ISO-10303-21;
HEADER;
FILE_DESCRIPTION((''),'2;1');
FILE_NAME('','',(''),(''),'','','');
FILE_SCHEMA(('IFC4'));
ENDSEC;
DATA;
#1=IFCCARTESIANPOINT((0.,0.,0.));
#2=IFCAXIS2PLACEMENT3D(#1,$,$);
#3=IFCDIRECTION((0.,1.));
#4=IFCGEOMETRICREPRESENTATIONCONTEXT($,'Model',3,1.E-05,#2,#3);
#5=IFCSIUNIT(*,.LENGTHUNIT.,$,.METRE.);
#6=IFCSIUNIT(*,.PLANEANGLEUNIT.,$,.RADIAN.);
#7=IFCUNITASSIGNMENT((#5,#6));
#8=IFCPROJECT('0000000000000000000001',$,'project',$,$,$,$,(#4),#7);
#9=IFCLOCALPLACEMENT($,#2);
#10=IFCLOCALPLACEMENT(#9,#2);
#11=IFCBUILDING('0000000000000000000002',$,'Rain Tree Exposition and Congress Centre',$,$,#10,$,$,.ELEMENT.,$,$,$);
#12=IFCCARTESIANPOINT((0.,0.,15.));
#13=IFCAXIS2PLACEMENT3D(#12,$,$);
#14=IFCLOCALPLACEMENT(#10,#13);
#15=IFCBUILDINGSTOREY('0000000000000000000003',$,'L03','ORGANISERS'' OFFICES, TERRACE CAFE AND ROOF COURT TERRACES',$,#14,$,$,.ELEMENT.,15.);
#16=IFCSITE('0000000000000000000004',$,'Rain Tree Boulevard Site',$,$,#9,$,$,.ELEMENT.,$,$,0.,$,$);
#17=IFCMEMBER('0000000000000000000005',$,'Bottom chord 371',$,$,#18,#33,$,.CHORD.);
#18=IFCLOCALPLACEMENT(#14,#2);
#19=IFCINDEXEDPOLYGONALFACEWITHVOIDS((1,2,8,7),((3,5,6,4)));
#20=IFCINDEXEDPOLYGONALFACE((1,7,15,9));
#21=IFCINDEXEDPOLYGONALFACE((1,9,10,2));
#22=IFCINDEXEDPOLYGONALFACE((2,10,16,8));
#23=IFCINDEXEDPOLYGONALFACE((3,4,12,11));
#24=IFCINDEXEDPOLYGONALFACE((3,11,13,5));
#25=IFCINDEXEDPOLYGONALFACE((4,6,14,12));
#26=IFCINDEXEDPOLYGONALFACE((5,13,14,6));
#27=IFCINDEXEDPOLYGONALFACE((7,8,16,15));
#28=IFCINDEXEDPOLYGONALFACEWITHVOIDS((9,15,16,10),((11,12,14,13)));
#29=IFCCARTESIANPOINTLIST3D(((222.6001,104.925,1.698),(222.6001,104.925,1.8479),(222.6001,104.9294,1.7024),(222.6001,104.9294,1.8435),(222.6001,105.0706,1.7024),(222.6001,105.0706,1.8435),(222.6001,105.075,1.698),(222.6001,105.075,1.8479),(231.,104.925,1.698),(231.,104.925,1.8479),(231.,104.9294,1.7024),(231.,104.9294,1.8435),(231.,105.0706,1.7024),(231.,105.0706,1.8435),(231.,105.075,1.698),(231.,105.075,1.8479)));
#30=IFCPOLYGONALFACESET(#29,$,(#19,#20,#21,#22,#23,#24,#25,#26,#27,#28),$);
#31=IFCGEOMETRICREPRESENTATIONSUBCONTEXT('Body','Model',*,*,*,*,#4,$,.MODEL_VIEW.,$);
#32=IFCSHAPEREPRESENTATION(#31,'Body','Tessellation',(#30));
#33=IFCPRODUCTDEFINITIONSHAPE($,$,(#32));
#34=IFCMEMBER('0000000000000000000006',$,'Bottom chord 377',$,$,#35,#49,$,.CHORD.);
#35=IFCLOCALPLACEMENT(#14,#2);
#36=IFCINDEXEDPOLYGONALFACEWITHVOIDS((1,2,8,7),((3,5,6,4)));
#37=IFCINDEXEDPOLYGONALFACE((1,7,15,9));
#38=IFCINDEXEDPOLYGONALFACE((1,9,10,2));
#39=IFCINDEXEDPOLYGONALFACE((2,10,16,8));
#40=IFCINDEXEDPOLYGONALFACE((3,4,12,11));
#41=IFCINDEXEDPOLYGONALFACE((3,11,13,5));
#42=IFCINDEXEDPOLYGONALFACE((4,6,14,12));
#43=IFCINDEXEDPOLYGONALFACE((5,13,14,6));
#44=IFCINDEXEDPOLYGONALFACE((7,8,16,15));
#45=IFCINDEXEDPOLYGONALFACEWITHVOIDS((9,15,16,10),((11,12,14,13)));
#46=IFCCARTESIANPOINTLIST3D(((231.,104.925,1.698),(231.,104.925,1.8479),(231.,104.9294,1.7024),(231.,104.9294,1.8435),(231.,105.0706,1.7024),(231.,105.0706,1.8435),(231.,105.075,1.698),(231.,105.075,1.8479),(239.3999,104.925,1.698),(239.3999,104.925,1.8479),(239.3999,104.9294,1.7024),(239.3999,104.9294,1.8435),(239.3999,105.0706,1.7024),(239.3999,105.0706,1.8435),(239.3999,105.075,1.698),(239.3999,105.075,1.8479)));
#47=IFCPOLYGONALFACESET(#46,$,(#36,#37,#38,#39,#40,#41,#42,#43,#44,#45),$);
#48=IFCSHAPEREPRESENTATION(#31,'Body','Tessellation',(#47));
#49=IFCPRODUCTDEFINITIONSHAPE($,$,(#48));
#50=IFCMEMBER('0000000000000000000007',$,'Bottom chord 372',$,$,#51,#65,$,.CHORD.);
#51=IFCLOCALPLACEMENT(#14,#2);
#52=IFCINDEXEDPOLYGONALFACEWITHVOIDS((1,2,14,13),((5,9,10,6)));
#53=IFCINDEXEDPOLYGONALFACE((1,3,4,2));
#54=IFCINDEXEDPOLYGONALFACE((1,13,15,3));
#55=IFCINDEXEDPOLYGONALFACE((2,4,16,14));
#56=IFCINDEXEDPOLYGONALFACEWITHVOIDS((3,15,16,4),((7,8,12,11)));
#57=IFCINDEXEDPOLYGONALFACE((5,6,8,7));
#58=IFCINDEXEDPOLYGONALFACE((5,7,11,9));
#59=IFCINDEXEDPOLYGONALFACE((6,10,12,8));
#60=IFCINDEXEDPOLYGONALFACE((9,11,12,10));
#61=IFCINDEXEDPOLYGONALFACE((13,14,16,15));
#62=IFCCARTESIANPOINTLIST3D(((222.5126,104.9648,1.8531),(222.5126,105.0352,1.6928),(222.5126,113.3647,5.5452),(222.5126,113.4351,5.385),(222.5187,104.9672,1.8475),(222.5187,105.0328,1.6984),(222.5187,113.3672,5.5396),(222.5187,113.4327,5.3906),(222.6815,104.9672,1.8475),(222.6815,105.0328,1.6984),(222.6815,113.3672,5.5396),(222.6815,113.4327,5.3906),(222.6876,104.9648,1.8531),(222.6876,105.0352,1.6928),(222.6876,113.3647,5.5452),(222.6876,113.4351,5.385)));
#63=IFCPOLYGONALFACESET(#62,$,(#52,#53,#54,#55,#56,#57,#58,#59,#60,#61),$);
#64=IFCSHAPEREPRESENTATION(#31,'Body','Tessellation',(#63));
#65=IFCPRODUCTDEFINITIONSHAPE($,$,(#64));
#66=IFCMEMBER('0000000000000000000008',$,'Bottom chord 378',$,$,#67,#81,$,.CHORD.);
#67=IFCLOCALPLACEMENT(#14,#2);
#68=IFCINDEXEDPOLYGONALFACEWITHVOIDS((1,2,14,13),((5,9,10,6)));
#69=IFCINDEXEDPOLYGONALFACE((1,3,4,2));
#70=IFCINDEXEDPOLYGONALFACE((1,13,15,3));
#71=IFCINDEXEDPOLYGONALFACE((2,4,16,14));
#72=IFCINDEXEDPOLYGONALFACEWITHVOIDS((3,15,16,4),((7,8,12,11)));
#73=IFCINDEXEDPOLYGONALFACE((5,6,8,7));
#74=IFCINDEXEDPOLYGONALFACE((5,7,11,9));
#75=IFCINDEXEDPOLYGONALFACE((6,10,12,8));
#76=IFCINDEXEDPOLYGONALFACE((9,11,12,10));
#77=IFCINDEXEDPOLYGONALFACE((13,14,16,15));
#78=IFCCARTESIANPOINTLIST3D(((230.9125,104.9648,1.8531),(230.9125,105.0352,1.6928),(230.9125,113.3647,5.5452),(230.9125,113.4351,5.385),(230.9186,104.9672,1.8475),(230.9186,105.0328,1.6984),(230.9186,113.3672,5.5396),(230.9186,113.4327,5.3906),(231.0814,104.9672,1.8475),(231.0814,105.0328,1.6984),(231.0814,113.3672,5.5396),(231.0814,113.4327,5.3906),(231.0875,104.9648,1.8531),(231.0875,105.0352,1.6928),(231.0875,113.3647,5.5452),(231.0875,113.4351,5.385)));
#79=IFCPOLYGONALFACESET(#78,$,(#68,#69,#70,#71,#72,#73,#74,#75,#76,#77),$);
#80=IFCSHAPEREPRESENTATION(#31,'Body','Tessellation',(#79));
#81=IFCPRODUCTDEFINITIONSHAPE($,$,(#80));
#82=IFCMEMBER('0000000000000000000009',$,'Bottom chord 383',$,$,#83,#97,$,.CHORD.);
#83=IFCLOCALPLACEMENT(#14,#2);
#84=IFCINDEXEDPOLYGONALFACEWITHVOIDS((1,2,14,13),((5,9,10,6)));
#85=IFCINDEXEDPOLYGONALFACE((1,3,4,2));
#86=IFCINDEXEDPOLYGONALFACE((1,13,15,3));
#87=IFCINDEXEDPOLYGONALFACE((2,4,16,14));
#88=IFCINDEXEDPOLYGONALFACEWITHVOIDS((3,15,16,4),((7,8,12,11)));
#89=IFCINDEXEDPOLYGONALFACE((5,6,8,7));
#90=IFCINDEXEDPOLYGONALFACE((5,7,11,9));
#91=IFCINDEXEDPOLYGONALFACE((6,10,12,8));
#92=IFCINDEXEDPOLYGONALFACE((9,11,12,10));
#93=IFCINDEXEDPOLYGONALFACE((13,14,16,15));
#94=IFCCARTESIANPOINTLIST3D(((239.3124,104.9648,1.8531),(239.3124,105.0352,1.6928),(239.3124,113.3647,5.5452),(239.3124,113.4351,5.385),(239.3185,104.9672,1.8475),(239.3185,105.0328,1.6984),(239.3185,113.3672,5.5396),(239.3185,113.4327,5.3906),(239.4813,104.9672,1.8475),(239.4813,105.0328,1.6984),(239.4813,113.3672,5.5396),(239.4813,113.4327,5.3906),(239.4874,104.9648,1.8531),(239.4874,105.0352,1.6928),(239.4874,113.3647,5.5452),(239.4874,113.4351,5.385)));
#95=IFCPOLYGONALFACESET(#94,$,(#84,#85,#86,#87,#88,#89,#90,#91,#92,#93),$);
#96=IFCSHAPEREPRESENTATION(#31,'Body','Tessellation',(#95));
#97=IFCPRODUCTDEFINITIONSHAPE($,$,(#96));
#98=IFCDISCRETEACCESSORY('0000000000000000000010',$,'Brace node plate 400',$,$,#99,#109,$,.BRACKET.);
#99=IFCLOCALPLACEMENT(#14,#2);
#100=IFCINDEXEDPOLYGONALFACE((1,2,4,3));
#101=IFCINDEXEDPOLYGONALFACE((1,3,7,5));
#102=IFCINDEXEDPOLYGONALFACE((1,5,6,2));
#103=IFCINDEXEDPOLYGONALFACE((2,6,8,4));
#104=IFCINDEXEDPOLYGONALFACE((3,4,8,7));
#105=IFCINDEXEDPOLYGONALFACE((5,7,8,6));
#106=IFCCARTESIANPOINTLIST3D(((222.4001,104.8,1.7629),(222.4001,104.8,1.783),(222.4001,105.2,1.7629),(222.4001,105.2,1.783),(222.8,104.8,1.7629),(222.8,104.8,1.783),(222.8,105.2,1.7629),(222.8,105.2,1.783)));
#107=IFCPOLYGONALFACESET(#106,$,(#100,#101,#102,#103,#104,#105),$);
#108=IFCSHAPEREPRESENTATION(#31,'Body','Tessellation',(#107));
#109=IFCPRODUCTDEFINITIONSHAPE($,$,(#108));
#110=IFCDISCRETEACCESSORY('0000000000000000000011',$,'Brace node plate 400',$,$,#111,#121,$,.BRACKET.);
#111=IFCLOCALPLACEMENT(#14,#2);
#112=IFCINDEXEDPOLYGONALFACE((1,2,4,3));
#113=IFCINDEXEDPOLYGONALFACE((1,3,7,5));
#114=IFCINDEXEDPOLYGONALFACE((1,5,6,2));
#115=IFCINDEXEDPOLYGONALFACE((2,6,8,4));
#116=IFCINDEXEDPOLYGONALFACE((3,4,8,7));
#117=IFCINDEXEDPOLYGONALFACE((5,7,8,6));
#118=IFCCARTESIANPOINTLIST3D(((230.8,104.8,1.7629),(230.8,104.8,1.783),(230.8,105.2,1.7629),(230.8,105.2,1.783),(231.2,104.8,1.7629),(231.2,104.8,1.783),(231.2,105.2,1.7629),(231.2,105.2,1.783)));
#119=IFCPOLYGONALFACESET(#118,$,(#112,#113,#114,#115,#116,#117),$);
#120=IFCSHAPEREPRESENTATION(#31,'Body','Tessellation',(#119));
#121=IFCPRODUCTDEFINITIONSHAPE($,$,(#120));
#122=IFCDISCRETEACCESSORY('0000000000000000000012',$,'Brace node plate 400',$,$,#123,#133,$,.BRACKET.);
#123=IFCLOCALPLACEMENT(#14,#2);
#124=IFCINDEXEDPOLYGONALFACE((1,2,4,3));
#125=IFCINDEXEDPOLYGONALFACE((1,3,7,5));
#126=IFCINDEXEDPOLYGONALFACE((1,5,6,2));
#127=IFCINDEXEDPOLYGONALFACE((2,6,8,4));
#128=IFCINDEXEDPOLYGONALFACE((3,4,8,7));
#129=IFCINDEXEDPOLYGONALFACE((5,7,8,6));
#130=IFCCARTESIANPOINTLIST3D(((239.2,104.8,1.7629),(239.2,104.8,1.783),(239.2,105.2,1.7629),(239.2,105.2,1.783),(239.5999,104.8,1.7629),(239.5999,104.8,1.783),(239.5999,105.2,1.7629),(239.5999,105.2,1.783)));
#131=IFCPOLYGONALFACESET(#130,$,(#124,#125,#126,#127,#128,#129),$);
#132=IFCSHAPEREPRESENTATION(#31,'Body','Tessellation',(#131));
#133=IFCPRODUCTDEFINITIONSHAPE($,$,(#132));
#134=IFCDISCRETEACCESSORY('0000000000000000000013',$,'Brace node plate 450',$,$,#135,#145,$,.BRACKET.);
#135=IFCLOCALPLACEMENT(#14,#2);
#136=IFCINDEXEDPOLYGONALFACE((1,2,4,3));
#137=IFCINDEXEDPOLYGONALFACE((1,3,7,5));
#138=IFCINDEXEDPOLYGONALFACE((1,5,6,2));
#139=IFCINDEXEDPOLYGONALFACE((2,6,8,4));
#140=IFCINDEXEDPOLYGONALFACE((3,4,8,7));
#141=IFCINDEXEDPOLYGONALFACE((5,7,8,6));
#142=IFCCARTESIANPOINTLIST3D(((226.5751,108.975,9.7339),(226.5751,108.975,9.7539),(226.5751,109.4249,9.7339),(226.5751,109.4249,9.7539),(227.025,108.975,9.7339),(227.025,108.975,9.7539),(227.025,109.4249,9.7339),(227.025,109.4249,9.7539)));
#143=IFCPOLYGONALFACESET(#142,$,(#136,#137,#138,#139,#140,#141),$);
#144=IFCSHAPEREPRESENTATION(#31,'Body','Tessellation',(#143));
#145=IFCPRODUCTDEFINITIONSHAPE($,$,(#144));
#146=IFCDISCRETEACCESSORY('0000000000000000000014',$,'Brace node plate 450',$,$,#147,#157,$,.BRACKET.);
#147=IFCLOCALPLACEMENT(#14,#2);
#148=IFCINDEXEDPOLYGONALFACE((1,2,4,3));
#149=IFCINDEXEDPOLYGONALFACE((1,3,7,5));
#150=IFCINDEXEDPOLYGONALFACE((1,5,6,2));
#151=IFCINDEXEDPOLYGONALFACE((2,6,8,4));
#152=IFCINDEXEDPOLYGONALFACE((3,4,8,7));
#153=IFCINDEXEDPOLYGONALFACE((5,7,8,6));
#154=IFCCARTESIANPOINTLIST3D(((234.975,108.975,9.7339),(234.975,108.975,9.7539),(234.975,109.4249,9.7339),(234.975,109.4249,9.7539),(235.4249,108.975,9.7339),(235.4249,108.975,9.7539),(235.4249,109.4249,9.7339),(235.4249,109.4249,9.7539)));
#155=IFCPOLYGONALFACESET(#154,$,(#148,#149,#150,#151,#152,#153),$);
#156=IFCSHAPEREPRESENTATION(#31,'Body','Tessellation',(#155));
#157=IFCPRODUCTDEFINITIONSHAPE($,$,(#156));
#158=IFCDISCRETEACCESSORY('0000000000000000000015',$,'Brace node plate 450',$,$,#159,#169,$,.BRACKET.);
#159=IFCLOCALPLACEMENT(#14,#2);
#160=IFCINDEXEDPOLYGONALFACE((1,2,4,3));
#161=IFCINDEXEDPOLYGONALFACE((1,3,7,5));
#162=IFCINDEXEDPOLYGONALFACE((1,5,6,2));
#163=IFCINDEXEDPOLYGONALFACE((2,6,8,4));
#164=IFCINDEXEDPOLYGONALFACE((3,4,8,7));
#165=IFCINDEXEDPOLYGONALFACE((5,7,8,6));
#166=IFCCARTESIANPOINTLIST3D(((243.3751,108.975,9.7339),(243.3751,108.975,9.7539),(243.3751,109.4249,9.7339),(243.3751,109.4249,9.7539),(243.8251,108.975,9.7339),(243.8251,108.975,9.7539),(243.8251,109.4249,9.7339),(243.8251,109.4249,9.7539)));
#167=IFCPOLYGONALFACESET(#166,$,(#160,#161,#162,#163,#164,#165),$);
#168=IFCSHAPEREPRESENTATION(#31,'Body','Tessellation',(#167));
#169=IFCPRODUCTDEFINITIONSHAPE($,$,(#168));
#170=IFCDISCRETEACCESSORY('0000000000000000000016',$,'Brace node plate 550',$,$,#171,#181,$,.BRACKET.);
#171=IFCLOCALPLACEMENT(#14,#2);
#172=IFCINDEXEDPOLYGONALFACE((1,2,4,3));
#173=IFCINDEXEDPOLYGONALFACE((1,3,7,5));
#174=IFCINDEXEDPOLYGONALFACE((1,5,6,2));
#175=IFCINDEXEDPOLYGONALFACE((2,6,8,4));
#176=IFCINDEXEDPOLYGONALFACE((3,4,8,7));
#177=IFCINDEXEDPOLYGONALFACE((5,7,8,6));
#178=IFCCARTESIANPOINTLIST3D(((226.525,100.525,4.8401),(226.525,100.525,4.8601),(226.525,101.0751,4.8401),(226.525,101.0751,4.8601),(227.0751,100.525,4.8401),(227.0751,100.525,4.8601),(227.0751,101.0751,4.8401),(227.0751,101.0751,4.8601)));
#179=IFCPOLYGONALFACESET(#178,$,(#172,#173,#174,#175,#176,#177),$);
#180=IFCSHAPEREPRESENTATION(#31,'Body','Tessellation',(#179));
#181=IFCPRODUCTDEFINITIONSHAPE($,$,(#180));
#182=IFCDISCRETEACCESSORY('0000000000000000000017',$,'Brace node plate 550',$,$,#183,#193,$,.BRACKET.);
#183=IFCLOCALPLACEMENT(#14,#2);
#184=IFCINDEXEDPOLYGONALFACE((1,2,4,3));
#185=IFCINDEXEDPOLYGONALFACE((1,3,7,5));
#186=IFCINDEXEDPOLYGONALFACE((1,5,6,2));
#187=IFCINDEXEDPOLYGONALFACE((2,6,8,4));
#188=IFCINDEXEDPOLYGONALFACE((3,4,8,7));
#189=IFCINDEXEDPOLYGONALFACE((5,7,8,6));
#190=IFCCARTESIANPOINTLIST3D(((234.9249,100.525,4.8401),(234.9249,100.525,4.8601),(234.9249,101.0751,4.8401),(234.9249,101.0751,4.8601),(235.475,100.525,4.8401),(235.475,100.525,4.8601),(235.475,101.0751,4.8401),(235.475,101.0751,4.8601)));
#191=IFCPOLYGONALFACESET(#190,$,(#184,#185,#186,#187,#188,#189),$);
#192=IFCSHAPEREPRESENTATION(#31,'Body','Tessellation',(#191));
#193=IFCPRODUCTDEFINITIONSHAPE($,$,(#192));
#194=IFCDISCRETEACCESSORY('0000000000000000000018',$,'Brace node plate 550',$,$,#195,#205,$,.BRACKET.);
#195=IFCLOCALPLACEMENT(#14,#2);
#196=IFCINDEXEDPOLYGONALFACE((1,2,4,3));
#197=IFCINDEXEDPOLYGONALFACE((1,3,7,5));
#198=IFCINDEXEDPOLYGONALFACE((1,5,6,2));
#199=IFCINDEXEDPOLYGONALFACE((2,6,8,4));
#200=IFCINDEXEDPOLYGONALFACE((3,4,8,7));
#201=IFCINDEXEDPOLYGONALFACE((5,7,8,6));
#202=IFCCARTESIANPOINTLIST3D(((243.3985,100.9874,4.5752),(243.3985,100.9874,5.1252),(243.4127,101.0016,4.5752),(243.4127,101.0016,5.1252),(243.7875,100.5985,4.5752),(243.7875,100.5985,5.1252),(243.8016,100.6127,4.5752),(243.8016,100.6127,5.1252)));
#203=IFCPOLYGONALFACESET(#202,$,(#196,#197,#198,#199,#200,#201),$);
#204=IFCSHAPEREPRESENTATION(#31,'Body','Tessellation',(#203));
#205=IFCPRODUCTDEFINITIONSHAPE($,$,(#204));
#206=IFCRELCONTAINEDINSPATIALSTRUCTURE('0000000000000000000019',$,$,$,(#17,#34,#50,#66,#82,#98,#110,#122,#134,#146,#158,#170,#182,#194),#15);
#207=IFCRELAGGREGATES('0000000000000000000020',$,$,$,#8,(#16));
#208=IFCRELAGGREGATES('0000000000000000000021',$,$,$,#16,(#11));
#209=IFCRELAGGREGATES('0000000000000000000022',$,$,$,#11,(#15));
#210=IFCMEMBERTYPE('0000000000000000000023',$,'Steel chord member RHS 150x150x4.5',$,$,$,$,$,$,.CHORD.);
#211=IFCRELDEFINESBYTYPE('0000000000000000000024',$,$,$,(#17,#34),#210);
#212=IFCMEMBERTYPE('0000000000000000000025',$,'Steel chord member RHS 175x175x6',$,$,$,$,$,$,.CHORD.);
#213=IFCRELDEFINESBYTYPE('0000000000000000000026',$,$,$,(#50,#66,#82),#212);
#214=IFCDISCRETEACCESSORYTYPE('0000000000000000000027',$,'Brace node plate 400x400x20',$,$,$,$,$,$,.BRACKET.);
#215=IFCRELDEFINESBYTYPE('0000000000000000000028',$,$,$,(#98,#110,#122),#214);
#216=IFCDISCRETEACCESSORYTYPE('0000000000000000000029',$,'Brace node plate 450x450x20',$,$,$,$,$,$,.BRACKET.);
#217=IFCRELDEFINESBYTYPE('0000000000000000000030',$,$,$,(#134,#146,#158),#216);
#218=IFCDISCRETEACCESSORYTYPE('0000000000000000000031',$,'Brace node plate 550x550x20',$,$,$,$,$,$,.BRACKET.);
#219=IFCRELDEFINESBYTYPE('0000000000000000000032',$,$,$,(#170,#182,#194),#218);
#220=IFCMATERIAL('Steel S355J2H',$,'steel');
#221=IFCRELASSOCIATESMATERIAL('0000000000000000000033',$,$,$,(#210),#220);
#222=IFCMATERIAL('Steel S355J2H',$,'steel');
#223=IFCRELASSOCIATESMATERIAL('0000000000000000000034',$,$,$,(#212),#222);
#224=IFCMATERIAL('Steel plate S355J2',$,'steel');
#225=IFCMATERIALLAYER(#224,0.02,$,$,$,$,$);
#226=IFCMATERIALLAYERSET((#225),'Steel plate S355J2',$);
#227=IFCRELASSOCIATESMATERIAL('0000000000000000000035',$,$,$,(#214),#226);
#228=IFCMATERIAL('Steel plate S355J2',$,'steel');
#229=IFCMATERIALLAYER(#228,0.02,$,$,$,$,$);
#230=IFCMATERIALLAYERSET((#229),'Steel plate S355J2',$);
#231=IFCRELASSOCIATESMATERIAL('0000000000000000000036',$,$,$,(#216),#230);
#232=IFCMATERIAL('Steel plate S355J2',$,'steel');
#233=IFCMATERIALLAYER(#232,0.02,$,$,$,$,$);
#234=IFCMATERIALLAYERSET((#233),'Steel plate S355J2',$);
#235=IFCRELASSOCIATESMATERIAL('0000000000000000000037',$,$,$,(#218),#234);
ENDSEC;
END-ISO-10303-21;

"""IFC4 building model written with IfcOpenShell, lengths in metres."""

from ifc_helpers import new_model, si_unit, direction, frame, origin, origin_2d, place, context, subcontext, project, spatial, rectangle, hollow_rectangle, extrude, material, layer, layer_set, material_profile, profile_set, type_object, element, save


model = new_model("IFC4")

# Units and contexts
model_context = context("Model", 3, precision=1e-05, world=origin(), true_north=direction((0.0, 1.0)))
body_context = subcontext(model_context, "Body", "Model", "MODEL_VIEW")
ifc_project = project(units=[si_unit("LENGTHUNIT", "METRE"), si_unit("PLANEANGLEUNIT", "RADIAN")], contexts=[model_context])

# Site, building, storey
site_placement = place(None, origin())
site = spatial("IfcSite", under=ifc_project, at=site_placement, Name="Rain Tree Boulevard Site", CompositionType="ELEMENT", RefElevation=0.0)
building_placement = place(site_placement, origin())
building = spatial("IfcBuilding", under=site, at=building_placement, Name="Rain Tree Exposition and Congress Centre", CompositionType="ELEMENT")
storey_placement = place(building_placement, frame((0.0, 0.0, 15.0)))
storey = spatial("IfcBuildingStorey", under=building, at=storey_placement, Name="L03", Description="ORGANISERS' OFFICES, TERRACE CAFE AND ROOF COURT TERRACES", CompositionType="ELEMENT", Elevation=15.0)

# Members
ifc_material_1 = material(Name="Steel S355J2H", Category="steel")
ifc_material_profile_1 = material_profile(ifc_material_1, hollow_rectangle(XDim=0.1499, YDim=0.1499, WallThickness=0.0044, at=origin_2d()), Name="RHS 150x150x4.5")
ifc_profile_set_1 = profile_set([ifc_material_profile_1], Name="Steel S355J2H")
member_type_1 = type_object("IfcMemberType", Name="Steel chord member RHS 150x150x4.5", PredefinedType="CHORD", material=ifc_profile_set_1)
for number, where, z_axis, x_axis, name in (
    (1, (222.6001, 105.0, 1.7729), (1.0, 0.0, 0.0), (0.0, 1.0, 0.0), "Bottom chord 371"),
    (2, (231.0, 105.0, 1.7729), (1.0, 0.0, 0.0), (0.0, 1.0, 0.0), "Bottom chord 377"),
):
    element("IfcMember", number, at=place(storey_placement, frame(where, z_axis=z_axis, x_axis=x_axis)), inside=storey, type_object=member_type_1, Name=name, PredefinedType="CHORD", context=body_context, shape_type="SweptSolid", body=[
        extrude(hollow_rectangle(XDim=0.1499, YDim=0.1499, WallThickness=0.0044, at=origin_2d()), origin(), (0.0, 0.0, 1.0), 8.3999),
    ])
ifc_material_2 = material(Name="Steel S355J2H", Category="steel")
ifc_material_profile_2 = material_profile(ifc_material_2, hollow_rectangle(XDim=0.175, YDim=0.175, WallThickness=0.0061, at=origin_2d()), Name="RHS 175x175x6")
ifc_profile_set_2 = profile_set([ifc_material_profile_2], Name="Steel S355J2H")
member_type_2 = type_object("IfcMemberType", Name="Steel chord member RHS 175x175x6", PredefinedType="CHORD", material=ifc_profile_set_2)
for number, where, z_axis, x_axis, name in (
    (3, (222.6001, 105.0, 1.7729), (0.0, 0.915468, 0.40239), (-1.0, 0.0, 0.0), "Bottom chord 372"),
    (4, (231.0, 105.0, 1.7729), (0.0, 0.915468, 0.40239), (-1.0, 0.0, 0.0), "Bottom chord 378"),
    (5, (239.3999, 105.0, 1.7729), (0.0, 0.915468, 0.40239), (-1.0, 0.0, 0.0), "Bottom chord 383"),
):
    element("IfcMember", number, at=place(storey_placement, frame(where, z_axis=z_axis, x_axis=x_axis)), inside=storey, type_object=member_type_2, Name=name, PredefinedType="CHORD", context=body_context, shape_type="SweptSolid", body=[
        extrude(hollow_rectangle(XDim=0.175, YDim=0.175, WallThickness=0.0061, at=origin_2d()), origin(), (0.0, 0.0, 1.0), 9.1755),
    ])

# Discrete accessories
ifc_material_3 = material(Name="Steel plate S355J2", Category="steel")
ifc_layer_1 = layer(ifc_material_3, 0.02)
ifc_layer_set_1 = layer_set([ifc_layer_1], Name="Steel plate S355J2")
discrete_accessory_type_1 = type_object("IfcDiscreteAccessoryType", Name="Brace node plate 400x400x20", PredefinedType="BRACKET", material=ifc_layer_set_1)
for number, where, z_axis, x_axis, name in (
    (6, (222.6001, 105.0, 1.7629), (0.0, 0.0, 1.0), (1.0, 0.0, 0.0), "Brace node plate 400"),
    (7, (231.0, 105.0, 1.7629), (0.0, 0.0, 1.0), (1.0, 0.0, 0.0), "Brace node plate 400"),
    (8, (239.3999, 105.0, 1.7629), (0.0, 0.0, 1.0), (1.0, 0.0, 0.0), "Brace node plate 400"),
):
    element("IfcDiscreteAccessory", number, at=place(storey_placement, frame(where, z_axis=z_axis, x_axis=x_axis)), inside=storey, type_object=discrete_accessory_type_1, Name=name, PredefinedType="BRACKET", context=body_context, shape_type="SweptSolid", body=[
        extrude(rectangle(XDim=0.3999, YDim=0.3999, at=origin_2d()), origin(), (0.0, 0.0, 1.0), 0.02),
    ])
ifc_material_4 = material(Name="Steel plate S355J2", Category="steel")
ifc_layer_2 = layer(ifc_material_4, 0.02)
ifc_layer_set_2 = layer_set([ifc_layer_2], Name="Steel plate S355J2")
discrete_accessory_type_2 = type_object("IfcDiscreteAccessoryType", Name="Brace node plate 450x450x20", PredefinedType="BRACKET", material=ifc_layer_set_2)
for number, where, z_axis, x_axis, name in (
    (9, (226.8, 109.2, 9.7339), (0.0, 0.0, 1.0), (1.0, 0.0, 0.0), "Brace node plate 450"),
    (10, (235.2, 109.2, 9.7339), (0.0, 0.0, 1.0), (1.0, 0.0, 0.0), "Brace node plate 450"),
    (11, (243.6001, 109.2, 9.7339), (0.0, 0.0, 1.0), (1.0, 0.0, 0.0), "Brace node plate 450"),
):
    element("IfcDiscreteAccessory", number, at=place(storey_placement, frame(where, z_axis=z_axis, x_axis=x_axis)), inside=storey, type_object=discrete_accessory_type_2, Name=name, PredefinedType="BRACKET", context=body_context, shape_type="SweptSolid", body=[
        extrude(rectangle(XDim=0.45, YDim=0.45, at=origin_2d()), origin(), (0.0, 0.0, 1.0), 0.02),
    ])
ifc_material_5 = material(Name="Steel plate S355J2", Category="steel")
ifc_layer_3 = layer(ifc_material_5, 0.02)
ifc_layer_set_3 = layer_set([ifc_layer_3], Name="Steel plate S355J2")
discrete_accessory_type_3 = type_object("IfcDiscreteAccessoryType", Name="Brace node plate 550x550x20", PredefinedType="BRACKET", material=ifc_layer_set_3)
for number, where, z_axis, x_axis, name in (
    (12, (226.8, 100.8, 4.8401), (0.0, 0.0, 1.0), (1.0, 0.0, 0.0), "Brace node plate 550"),
    (13, (235.2, 100.8, 4.8401), (0.0, 0.0, 1.0), (1.0, 0.0, 0.0), "Brace node plate 550"),
):
    element("IfcDiscreteAccessory", number, at=place(storey_placement, frame(where, z_axis=z_axis, x_axis=x_axis)), inside=storey, type_object=discrete_accessory_type_3, Name=name, PredefinedType="BRACKET", context=body_context, shape_type="SweptSolid", body=[
        extrude(rectangle(XDim=0.55, YDim=0.55, at=origin_2d()), origin(), (0.0, 0.0, 1.0), 0.02),
    ])
discrete_accessory_placement = place(storey_placement, frame((243.6001, 100.8, 4.5752), z_axis=(0.0, 0.0, 1.0), x_axis=(-0.707107, 0.707107, 0.0)))
element("IfcDiscreteAccessory", 14, at=discrete_accessory_placement, inside=storey, type_object=discrete_accessory_type_3, Name="Brace node plate 550", PredefinedType="BRACKET", context=body_context, shape_type="SweptSolid", body=[
    extrude(rectangle(XDim=0.55, YDim=0.02, at=origin_2d()), origin(), (0.0, 0.0, 1.0), 0.55),
])

save(model, "model.ifc")
